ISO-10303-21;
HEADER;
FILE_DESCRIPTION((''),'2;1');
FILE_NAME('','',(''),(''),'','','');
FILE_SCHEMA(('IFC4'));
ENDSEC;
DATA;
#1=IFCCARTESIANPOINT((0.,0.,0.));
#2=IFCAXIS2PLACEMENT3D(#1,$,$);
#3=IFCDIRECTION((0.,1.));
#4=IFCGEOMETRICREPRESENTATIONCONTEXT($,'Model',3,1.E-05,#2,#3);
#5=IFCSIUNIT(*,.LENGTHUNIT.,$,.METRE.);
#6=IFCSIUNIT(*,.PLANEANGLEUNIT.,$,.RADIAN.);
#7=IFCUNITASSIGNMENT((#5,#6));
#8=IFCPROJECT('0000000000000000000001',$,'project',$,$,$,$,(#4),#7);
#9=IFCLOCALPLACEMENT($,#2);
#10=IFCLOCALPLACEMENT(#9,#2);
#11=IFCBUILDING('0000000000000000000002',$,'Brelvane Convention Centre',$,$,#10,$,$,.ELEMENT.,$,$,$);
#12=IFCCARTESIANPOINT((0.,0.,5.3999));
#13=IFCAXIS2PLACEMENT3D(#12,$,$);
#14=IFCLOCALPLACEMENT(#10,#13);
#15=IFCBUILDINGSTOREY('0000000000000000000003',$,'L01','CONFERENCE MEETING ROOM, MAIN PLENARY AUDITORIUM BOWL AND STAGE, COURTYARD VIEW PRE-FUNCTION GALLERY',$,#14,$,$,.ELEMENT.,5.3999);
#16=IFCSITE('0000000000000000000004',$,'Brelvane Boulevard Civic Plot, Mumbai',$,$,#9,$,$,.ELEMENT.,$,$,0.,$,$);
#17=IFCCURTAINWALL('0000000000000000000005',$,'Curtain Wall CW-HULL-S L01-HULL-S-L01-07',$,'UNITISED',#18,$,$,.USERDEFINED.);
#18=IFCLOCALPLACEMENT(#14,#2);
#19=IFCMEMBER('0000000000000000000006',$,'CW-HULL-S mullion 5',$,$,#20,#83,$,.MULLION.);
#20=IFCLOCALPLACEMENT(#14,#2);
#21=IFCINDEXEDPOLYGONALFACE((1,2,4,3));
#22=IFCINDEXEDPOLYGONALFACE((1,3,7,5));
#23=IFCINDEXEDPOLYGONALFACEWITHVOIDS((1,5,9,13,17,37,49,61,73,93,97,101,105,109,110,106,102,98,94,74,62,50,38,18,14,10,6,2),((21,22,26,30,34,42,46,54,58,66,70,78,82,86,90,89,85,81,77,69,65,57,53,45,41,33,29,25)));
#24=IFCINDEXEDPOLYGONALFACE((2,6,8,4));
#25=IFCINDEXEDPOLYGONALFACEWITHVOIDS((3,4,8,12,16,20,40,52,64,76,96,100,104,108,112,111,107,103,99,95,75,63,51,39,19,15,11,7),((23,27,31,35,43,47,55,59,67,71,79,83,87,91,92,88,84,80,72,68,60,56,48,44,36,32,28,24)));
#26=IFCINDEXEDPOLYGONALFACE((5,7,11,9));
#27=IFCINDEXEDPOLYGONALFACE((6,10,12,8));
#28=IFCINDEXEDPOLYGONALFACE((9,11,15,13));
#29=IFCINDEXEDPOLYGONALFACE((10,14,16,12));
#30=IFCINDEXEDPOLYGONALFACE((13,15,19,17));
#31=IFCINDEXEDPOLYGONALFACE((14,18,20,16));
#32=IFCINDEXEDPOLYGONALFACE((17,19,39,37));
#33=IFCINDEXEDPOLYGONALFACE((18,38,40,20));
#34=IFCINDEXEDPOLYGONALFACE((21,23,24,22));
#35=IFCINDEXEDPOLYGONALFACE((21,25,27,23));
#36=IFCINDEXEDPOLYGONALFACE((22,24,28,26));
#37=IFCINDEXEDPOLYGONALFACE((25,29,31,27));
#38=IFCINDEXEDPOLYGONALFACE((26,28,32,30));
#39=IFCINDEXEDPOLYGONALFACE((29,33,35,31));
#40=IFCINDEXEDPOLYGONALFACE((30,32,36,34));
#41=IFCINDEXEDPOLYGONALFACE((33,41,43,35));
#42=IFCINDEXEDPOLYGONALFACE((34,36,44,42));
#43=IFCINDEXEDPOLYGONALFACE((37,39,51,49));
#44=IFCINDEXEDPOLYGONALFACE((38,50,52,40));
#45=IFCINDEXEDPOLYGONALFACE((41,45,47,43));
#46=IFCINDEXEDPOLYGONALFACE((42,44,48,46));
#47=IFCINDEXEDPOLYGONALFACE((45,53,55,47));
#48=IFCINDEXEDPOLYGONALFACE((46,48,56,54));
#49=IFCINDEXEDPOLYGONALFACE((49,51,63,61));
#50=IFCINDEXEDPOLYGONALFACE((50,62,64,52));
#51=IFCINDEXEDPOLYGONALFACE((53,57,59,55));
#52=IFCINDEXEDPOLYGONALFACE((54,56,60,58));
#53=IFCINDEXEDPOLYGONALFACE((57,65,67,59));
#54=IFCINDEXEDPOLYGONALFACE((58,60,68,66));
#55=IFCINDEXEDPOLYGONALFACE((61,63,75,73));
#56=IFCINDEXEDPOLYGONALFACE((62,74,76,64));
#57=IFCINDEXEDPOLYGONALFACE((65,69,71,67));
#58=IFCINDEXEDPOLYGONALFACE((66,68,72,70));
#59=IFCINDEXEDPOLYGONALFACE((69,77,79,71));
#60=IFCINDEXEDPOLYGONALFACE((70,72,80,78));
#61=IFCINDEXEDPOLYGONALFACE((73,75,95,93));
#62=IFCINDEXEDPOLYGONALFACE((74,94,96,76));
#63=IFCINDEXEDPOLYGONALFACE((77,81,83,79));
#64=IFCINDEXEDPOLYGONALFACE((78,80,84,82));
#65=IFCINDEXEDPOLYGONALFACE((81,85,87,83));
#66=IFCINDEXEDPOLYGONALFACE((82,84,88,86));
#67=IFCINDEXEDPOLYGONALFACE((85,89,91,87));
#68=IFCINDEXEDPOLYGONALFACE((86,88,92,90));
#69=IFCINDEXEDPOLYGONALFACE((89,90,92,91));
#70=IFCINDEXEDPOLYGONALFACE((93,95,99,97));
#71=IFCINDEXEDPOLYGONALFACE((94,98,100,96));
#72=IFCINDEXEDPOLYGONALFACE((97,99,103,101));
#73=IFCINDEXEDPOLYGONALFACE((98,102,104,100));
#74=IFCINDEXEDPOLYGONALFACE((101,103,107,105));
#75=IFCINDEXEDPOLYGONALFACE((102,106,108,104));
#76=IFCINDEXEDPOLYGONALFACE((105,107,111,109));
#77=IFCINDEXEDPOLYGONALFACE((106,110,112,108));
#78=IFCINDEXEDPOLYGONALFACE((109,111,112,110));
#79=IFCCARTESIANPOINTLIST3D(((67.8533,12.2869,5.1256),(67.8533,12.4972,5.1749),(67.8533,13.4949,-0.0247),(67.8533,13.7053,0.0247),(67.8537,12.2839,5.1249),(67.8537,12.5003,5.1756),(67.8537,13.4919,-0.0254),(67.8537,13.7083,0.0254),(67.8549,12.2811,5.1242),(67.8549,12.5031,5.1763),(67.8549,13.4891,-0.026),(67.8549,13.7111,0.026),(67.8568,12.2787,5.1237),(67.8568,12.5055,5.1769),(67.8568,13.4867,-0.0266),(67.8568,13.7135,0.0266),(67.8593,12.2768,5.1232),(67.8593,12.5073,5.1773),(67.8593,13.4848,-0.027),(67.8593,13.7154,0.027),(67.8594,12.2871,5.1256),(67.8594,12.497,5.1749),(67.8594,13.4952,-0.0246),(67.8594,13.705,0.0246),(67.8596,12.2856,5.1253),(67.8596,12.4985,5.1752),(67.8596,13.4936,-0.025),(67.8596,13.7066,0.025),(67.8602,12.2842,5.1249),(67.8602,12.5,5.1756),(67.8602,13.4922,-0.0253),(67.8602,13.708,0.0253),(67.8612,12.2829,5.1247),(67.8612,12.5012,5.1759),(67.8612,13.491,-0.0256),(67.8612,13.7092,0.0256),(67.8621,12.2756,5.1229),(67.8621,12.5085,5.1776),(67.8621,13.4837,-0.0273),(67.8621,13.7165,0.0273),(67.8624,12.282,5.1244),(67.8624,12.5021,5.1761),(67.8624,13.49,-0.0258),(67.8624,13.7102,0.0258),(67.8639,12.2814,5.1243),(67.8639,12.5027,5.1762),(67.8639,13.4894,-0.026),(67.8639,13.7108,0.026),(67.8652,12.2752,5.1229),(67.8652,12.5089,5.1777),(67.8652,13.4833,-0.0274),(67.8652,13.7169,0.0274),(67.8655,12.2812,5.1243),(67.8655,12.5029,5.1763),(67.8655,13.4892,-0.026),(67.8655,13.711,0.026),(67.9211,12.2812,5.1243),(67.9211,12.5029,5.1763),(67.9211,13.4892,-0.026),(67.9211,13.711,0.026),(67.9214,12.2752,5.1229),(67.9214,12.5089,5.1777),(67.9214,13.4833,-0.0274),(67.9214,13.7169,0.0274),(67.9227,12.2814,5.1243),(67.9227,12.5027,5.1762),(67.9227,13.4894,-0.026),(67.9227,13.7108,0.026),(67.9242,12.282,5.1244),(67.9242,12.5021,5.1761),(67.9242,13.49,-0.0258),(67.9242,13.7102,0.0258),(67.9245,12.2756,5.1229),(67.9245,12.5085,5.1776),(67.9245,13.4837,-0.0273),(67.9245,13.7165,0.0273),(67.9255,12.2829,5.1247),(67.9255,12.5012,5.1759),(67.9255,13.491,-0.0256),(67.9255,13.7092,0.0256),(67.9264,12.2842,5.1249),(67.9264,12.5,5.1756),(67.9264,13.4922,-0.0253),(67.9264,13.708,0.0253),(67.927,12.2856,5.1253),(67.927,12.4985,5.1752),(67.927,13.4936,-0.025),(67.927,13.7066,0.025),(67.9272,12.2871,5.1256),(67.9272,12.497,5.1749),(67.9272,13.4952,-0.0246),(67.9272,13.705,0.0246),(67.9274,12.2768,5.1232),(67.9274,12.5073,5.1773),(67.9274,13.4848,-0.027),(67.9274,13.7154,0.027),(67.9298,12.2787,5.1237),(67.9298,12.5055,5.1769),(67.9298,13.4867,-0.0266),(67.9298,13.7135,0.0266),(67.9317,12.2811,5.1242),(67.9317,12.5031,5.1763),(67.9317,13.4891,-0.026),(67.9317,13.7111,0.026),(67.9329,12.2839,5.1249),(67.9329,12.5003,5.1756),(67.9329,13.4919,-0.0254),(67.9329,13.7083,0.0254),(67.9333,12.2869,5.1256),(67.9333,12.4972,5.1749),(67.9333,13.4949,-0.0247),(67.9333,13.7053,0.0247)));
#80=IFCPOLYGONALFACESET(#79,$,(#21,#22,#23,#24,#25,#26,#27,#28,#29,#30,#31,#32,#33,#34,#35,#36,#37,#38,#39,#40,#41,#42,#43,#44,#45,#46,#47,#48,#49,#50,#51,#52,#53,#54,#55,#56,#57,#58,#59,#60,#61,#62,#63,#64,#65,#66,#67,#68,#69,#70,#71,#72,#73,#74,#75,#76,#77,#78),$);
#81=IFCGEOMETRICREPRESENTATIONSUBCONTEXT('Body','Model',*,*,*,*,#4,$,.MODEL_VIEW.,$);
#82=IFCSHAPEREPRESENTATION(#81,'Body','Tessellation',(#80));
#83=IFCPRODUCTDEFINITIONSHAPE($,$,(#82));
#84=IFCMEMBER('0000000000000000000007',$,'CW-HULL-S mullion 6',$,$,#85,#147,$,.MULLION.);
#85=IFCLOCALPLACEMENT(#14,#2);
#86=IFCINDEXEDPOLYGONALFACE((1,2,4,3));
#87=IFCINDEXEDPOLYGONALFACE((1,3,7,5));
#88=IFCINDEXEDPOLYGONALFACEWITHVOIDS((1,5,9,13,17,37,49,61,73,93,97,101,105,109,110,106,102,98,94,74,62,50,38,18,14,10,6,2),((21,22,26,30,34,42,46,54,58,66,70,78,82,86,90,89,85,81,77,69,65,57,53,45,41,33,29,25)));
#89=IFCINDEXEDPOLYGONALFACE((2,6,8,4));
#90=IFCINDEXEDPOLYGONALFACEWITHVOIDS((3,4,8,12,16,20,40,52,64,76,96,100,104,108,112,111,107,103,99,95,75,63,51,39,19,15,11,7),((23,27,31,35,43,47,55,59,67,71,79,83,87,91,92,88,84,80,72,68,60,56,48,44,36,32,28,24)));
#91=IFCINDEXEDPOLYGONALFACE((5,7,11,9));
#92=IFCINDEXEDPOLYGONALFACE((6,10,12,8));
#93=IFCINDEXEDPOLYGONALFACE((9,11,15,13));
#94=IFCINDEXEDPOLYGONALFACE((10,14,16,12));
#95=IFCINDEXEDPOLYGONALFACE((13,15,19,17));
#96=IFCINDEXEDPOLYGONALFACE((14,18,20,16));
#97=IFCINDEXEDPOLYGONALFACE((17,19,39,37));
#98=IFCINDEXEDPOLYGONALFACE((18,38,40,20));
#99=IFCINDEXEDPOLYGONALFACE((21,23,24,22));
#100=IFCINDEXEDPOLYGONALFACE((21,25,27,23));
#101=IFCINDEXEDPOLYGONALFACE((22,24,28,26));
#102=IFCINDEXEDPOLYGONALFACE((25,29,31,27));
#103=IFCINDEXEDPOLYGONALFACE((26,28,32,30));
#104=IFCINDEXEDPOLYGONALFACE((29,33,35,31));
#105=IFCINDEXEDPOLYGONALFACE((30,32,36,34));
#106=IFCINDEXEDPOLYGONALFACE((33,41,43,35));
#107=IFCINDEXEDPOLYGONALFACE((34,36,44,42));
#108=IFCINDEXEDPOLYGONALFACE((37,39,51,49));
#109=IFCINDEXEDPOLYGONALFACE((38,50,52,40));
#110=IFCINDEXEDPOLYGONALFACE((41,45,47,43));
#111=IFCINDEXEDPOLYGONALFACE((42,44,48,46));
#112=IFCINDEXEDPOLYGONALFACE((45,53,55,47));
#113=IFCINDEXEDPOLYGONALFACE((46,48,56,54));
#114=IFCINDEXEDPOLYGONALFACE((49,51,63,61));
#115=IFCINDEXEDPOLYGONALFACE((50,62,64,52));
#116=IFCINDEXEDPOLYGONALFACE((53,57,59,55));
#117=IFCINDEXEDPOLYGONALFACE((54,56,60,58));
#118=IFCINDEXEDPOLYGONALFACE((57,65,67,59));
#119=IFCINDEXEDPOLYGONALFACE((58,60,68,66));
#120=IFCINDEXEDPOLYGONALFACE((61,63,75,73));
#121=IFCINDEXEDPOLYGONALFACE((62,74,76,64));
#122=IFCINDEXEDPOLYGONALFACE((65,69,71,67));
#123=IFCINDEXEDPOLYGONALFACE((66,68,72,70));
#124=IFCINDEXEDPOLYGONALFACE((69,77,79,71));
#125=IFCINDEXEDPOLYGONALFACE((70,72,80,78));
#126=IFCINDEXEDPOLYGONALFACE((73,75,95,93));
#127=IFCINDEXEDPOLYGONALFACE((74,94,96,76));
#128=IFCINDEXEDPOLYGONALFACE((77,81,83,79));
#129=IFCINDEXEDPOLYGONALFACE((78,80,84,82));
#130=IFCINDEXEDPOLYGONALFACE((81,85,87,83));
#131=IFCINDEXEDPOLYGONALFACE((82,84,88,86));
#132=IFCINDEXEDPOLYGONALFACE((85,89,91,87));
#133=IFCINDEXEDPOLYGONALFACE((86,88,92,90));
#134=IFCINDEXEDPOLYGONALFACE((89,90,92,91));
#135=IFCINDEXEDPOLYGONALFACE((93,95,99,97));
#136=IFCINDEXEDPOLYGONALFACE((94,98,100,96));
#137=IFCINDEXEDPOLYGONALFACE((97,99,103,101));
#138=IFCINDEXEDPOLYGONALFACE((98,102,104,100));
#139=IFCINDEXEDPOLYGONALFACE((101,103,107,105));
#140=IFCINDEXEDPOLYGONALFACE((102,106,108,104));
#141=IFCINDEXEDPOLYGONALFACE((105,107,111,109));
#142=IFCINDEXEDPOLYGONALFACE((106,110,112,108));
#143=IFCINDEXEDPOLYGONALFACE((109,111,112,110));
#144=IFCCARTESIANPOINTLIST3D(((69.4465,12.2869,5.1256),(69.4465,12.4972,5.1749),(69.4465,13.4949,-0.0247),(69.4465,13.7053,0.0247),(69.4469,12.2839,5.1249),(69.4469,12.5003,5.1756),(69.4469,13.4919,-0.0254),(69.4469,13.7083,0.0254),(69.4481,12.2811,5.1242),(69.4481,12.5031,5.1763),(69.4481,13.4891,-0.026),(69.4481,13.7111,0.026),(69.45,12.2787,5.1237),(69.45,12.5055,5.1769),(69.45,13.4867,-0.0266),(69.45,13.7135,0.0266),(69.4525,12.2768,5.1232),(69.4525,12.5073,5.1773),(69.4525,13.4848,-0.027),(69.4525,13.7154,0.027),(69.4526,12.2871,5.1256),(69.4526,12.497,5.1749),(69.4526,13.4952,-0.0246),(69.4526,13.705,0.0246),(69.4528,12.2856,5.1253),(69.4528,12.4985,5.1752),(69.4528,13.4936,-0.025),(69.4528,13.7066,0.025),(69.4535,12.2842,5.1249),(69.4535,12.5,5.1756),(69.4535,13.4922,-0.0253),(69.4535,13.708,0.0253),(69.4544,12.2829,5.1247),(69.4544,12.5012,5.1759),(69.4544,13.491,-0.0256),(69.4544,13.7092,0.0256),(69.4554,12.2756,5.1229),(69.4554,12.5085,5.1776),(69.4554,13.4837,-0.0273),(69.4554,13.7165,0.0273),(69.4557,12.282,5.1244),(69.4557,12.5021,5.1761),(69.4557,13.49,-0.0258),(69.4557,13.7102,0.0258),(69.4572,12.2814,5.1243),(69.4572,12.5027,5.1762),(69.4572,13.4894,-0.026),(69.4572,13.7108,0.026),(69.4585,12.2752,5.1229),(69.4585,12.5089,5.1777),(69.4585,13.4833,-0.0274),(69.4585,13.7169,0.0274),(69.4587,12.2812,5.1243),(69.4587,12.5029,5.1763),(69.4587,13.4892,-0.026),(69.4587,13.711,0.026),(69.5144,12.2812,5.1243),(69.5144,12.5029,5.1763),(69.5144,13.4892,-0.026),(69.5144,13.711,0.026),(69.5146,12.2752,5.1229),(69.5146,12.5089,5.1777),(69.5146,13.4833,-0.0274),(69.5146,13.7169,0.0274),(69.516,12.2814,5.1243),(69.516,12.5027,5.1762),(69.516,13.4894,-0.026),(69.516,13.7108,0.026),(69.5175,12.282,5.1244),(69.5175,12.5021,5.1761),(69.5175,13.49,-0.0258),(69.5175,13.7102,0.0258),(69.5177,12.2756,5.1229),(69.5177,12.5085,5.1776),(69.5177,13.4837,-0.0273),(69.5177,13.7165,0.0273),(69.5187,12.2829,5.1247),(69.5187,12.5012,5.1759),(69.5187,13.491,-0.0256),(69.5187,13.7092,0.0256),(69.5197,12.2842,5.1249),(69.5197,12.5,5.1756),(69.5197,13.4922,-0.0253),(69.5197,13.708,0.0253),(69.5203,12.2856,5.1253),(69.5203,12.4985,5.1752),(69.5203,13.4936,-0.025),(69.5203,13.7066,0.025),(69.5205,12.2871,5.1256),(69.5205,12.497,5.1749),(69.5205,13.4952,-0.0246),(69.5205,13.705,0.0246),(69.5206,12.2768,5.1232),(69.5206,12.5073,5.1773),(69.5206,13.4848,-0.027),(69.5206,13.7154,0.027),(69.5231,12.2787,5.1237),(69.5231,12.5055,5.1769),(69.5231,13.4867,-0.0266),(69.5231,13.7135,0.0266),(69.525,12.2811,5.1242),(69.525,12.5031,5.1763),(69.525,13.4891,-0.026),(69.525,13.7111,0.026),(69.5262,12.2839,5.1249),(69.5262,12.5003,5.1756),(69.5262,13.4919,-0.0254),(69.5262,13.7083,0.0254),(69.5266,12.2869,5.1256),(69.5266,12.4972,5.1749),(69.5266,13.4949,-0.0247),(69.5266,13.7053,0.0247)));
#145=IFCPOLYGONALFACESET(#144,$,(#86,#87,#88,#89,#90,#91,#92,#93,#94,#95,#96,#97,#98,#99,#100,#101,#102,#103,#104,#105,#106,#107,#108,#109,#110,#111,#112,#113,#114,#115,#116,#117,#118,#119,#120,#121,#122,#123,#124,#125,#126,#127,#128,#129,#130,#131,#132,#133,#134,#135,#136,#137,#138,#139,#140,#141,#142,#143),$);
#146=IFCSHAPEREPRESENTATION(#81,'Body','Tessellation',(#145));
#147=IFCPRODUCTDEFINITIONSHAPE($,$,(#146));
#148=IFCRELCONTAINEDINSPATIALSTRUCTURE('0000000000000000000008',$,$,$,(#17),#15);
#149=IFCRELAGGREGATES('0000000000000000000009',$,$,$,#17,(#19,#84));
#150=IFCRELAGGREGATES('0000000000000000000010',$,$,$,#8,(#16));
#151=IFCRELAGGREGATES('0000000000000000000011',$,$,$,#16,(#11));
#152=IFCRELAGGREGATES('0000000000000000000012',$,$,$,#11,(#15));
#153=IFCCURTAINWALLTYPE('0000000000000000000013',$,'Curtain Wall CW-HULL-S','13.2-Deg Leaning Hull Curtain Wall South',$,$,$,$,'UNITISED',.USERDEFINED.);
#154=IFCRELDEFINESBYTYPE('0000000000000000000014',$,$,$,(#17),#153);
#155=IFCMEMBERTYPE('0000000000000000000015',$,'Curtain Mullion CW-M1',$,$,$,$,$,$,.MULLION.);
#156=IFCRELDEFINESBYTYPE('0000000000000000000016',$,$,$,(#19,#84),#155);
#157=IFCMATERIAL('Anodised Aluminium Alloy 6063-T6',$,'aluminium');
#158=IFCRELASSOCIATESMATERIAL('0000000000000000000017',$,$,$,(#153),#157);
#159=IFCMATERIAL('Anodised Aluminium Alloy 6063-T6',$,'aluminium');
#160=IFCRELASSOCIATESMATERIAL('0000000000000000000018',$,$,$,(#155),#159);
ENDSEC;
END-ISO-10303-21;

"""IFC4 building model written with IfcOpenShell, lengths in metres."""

from ifc_helpers import new_model, si_unit, direction, frame, origin, origin_2d, place, context, subcontext, project, spatial, hollow_rectangle, extrude, material, material_profile, profile_set, type_object, element, aggregate, save


model = new_model("IFC4")

# Units and contexts
model_context = context("Model", 3, precision=1e-05, world=origin(), true_north=direction((0.0, 1.0)))
body_context = subcontext(model_context, "Body", "Model", "MODEL_VIEW")
ifc_project = project(units=[si_unit("LENGTHUNIT", "METRE"), si_unit("PLANEANGLEUNIT", "RADIAN")], contexts=[model_context])

# Site, building, storey
site_placement = place(None, origin())
site = spatial("IfcSite", under=ifc_project, at=site_placement, Name="Brelvane Boulevard Civic Plot, Mumbai", CompositionType="ELEMENT", RefElevation=0.0)
building_placement = place(site_placement, origin())
building = spatial("IfcBuilding", under=site, at=building_placement, Name="Brelvane Convention Centre", CompositionType="ELEMENT")
storey_placement = place(building_placement, frame((0.0, 0.0, 5.3999)))
storey = spatial("IfcBuildingStorey", under=building, at=storey_placement, Name="L01", Description="CONFERENCE MEETING ROOM, MAIN PLENARY AUDITORIUM BOWL AND STAGE, COURTYARD VIEW PRE-FUNCTION GALLERY", CompositionType="ELEMENT", Elevation=5.3999)

# Curtain wall, members
ifc_material_1 = material(Name="Anodised Aluminium Alloy 6063-T6", Category="aluminium")
curtain_wall_type = type_object("IfcCurtainWallType", Name="Curtain Wall CW-HULL-S", Description="13.2-Deg Leaning Hull Curtain Wall South", ElementType="UNITISED", PredefinedType="USERDEFINED", material=ifc_material_1)
curtain_wall_1_placement = place(storey_placement, origin())
curtain_wall_1 = element("IfcCurtainWall", 1, at=curtain_wall_1_placement, inside=storey, type_object=curtain_wall_type, Name="Curtain Wall CW-HULL-S L01-HULL-S-L01-07", ObjectType="UNITISED", PredefinedType="USERDEFINED")
ifc_material_2 = material(Name="Anodised Aluminium Alloy 6063-T6", Category="aluminium")
ifc_material_profile_1 = material_profile(ifc_material_2, hollow_rectangle(XDim=0.0801, YDim=0.24, WallThickness=0.0061, InnerFilletRadius=0.0061, OuterFilletRadius=0.012, at=origin_2d()), Name="ALU-M 240x80x6.0")
ifc_profile_set_1 = profile_set([ifc_material_profile_1], Name="Anodised Aluminium Alloy 6063-T6")
member_type_1 = type_object("IfcMemberType", Name="Curtain Mullion CW-M1", PredefinedType="MULLION", material=ifc_profile_set_1)
member_1_placement = place(storey_placement, frame((67.8933, 13.6001, 0.0), z_axis=(0.0, -0.22836, 0.973577), x_axis=(1.0, 0.0, 0.0)))
member_1 = element("IfcMember", 2, at=member_1_placement, type_object=member_type_1, Name="CW-HULL-S mullion 5", PredefinedType="MULLION", context=body_context, shape_type="SweptSolid", body=[
    extrude(hollow_rectangle(XDim=0.0801, YDim=0.24, WallThickness=0.0061, InnerFilletRadius=0.0061, OuterFilletRadius=0.012, at=origin_2d()), origin(), (0.0, 0.0, 1.0), 5.29),
])
member_2_placement = place(storey_placement, frame((69.4866, 13.6001, 0.0), z_axis=(0.0, -0.22836, 0.973577), x_axis=(1.0, 0.0, 0.0)))
member_2 = element("IfcMember", 3, at=member_2_placement, type_object=member_type_1, Name="CW-HULL-S mullion 6", PredefinedType="MULLION", context=body_context, shape_type="SweptSolid", body=[
    extrude(hollow_rectangle(XDim=0.0801, YDim=0.24, WallThickness=0.0061, InnerFilletRadius=0.0061, OuterFilletRadius=0.012, at=origin_2d()), origin(), (0.0, 0.0, 1.0), 5.29),
])

aggregate(curtain_wall_1, [member_1, member_2])

save(model, "model.ifc")
